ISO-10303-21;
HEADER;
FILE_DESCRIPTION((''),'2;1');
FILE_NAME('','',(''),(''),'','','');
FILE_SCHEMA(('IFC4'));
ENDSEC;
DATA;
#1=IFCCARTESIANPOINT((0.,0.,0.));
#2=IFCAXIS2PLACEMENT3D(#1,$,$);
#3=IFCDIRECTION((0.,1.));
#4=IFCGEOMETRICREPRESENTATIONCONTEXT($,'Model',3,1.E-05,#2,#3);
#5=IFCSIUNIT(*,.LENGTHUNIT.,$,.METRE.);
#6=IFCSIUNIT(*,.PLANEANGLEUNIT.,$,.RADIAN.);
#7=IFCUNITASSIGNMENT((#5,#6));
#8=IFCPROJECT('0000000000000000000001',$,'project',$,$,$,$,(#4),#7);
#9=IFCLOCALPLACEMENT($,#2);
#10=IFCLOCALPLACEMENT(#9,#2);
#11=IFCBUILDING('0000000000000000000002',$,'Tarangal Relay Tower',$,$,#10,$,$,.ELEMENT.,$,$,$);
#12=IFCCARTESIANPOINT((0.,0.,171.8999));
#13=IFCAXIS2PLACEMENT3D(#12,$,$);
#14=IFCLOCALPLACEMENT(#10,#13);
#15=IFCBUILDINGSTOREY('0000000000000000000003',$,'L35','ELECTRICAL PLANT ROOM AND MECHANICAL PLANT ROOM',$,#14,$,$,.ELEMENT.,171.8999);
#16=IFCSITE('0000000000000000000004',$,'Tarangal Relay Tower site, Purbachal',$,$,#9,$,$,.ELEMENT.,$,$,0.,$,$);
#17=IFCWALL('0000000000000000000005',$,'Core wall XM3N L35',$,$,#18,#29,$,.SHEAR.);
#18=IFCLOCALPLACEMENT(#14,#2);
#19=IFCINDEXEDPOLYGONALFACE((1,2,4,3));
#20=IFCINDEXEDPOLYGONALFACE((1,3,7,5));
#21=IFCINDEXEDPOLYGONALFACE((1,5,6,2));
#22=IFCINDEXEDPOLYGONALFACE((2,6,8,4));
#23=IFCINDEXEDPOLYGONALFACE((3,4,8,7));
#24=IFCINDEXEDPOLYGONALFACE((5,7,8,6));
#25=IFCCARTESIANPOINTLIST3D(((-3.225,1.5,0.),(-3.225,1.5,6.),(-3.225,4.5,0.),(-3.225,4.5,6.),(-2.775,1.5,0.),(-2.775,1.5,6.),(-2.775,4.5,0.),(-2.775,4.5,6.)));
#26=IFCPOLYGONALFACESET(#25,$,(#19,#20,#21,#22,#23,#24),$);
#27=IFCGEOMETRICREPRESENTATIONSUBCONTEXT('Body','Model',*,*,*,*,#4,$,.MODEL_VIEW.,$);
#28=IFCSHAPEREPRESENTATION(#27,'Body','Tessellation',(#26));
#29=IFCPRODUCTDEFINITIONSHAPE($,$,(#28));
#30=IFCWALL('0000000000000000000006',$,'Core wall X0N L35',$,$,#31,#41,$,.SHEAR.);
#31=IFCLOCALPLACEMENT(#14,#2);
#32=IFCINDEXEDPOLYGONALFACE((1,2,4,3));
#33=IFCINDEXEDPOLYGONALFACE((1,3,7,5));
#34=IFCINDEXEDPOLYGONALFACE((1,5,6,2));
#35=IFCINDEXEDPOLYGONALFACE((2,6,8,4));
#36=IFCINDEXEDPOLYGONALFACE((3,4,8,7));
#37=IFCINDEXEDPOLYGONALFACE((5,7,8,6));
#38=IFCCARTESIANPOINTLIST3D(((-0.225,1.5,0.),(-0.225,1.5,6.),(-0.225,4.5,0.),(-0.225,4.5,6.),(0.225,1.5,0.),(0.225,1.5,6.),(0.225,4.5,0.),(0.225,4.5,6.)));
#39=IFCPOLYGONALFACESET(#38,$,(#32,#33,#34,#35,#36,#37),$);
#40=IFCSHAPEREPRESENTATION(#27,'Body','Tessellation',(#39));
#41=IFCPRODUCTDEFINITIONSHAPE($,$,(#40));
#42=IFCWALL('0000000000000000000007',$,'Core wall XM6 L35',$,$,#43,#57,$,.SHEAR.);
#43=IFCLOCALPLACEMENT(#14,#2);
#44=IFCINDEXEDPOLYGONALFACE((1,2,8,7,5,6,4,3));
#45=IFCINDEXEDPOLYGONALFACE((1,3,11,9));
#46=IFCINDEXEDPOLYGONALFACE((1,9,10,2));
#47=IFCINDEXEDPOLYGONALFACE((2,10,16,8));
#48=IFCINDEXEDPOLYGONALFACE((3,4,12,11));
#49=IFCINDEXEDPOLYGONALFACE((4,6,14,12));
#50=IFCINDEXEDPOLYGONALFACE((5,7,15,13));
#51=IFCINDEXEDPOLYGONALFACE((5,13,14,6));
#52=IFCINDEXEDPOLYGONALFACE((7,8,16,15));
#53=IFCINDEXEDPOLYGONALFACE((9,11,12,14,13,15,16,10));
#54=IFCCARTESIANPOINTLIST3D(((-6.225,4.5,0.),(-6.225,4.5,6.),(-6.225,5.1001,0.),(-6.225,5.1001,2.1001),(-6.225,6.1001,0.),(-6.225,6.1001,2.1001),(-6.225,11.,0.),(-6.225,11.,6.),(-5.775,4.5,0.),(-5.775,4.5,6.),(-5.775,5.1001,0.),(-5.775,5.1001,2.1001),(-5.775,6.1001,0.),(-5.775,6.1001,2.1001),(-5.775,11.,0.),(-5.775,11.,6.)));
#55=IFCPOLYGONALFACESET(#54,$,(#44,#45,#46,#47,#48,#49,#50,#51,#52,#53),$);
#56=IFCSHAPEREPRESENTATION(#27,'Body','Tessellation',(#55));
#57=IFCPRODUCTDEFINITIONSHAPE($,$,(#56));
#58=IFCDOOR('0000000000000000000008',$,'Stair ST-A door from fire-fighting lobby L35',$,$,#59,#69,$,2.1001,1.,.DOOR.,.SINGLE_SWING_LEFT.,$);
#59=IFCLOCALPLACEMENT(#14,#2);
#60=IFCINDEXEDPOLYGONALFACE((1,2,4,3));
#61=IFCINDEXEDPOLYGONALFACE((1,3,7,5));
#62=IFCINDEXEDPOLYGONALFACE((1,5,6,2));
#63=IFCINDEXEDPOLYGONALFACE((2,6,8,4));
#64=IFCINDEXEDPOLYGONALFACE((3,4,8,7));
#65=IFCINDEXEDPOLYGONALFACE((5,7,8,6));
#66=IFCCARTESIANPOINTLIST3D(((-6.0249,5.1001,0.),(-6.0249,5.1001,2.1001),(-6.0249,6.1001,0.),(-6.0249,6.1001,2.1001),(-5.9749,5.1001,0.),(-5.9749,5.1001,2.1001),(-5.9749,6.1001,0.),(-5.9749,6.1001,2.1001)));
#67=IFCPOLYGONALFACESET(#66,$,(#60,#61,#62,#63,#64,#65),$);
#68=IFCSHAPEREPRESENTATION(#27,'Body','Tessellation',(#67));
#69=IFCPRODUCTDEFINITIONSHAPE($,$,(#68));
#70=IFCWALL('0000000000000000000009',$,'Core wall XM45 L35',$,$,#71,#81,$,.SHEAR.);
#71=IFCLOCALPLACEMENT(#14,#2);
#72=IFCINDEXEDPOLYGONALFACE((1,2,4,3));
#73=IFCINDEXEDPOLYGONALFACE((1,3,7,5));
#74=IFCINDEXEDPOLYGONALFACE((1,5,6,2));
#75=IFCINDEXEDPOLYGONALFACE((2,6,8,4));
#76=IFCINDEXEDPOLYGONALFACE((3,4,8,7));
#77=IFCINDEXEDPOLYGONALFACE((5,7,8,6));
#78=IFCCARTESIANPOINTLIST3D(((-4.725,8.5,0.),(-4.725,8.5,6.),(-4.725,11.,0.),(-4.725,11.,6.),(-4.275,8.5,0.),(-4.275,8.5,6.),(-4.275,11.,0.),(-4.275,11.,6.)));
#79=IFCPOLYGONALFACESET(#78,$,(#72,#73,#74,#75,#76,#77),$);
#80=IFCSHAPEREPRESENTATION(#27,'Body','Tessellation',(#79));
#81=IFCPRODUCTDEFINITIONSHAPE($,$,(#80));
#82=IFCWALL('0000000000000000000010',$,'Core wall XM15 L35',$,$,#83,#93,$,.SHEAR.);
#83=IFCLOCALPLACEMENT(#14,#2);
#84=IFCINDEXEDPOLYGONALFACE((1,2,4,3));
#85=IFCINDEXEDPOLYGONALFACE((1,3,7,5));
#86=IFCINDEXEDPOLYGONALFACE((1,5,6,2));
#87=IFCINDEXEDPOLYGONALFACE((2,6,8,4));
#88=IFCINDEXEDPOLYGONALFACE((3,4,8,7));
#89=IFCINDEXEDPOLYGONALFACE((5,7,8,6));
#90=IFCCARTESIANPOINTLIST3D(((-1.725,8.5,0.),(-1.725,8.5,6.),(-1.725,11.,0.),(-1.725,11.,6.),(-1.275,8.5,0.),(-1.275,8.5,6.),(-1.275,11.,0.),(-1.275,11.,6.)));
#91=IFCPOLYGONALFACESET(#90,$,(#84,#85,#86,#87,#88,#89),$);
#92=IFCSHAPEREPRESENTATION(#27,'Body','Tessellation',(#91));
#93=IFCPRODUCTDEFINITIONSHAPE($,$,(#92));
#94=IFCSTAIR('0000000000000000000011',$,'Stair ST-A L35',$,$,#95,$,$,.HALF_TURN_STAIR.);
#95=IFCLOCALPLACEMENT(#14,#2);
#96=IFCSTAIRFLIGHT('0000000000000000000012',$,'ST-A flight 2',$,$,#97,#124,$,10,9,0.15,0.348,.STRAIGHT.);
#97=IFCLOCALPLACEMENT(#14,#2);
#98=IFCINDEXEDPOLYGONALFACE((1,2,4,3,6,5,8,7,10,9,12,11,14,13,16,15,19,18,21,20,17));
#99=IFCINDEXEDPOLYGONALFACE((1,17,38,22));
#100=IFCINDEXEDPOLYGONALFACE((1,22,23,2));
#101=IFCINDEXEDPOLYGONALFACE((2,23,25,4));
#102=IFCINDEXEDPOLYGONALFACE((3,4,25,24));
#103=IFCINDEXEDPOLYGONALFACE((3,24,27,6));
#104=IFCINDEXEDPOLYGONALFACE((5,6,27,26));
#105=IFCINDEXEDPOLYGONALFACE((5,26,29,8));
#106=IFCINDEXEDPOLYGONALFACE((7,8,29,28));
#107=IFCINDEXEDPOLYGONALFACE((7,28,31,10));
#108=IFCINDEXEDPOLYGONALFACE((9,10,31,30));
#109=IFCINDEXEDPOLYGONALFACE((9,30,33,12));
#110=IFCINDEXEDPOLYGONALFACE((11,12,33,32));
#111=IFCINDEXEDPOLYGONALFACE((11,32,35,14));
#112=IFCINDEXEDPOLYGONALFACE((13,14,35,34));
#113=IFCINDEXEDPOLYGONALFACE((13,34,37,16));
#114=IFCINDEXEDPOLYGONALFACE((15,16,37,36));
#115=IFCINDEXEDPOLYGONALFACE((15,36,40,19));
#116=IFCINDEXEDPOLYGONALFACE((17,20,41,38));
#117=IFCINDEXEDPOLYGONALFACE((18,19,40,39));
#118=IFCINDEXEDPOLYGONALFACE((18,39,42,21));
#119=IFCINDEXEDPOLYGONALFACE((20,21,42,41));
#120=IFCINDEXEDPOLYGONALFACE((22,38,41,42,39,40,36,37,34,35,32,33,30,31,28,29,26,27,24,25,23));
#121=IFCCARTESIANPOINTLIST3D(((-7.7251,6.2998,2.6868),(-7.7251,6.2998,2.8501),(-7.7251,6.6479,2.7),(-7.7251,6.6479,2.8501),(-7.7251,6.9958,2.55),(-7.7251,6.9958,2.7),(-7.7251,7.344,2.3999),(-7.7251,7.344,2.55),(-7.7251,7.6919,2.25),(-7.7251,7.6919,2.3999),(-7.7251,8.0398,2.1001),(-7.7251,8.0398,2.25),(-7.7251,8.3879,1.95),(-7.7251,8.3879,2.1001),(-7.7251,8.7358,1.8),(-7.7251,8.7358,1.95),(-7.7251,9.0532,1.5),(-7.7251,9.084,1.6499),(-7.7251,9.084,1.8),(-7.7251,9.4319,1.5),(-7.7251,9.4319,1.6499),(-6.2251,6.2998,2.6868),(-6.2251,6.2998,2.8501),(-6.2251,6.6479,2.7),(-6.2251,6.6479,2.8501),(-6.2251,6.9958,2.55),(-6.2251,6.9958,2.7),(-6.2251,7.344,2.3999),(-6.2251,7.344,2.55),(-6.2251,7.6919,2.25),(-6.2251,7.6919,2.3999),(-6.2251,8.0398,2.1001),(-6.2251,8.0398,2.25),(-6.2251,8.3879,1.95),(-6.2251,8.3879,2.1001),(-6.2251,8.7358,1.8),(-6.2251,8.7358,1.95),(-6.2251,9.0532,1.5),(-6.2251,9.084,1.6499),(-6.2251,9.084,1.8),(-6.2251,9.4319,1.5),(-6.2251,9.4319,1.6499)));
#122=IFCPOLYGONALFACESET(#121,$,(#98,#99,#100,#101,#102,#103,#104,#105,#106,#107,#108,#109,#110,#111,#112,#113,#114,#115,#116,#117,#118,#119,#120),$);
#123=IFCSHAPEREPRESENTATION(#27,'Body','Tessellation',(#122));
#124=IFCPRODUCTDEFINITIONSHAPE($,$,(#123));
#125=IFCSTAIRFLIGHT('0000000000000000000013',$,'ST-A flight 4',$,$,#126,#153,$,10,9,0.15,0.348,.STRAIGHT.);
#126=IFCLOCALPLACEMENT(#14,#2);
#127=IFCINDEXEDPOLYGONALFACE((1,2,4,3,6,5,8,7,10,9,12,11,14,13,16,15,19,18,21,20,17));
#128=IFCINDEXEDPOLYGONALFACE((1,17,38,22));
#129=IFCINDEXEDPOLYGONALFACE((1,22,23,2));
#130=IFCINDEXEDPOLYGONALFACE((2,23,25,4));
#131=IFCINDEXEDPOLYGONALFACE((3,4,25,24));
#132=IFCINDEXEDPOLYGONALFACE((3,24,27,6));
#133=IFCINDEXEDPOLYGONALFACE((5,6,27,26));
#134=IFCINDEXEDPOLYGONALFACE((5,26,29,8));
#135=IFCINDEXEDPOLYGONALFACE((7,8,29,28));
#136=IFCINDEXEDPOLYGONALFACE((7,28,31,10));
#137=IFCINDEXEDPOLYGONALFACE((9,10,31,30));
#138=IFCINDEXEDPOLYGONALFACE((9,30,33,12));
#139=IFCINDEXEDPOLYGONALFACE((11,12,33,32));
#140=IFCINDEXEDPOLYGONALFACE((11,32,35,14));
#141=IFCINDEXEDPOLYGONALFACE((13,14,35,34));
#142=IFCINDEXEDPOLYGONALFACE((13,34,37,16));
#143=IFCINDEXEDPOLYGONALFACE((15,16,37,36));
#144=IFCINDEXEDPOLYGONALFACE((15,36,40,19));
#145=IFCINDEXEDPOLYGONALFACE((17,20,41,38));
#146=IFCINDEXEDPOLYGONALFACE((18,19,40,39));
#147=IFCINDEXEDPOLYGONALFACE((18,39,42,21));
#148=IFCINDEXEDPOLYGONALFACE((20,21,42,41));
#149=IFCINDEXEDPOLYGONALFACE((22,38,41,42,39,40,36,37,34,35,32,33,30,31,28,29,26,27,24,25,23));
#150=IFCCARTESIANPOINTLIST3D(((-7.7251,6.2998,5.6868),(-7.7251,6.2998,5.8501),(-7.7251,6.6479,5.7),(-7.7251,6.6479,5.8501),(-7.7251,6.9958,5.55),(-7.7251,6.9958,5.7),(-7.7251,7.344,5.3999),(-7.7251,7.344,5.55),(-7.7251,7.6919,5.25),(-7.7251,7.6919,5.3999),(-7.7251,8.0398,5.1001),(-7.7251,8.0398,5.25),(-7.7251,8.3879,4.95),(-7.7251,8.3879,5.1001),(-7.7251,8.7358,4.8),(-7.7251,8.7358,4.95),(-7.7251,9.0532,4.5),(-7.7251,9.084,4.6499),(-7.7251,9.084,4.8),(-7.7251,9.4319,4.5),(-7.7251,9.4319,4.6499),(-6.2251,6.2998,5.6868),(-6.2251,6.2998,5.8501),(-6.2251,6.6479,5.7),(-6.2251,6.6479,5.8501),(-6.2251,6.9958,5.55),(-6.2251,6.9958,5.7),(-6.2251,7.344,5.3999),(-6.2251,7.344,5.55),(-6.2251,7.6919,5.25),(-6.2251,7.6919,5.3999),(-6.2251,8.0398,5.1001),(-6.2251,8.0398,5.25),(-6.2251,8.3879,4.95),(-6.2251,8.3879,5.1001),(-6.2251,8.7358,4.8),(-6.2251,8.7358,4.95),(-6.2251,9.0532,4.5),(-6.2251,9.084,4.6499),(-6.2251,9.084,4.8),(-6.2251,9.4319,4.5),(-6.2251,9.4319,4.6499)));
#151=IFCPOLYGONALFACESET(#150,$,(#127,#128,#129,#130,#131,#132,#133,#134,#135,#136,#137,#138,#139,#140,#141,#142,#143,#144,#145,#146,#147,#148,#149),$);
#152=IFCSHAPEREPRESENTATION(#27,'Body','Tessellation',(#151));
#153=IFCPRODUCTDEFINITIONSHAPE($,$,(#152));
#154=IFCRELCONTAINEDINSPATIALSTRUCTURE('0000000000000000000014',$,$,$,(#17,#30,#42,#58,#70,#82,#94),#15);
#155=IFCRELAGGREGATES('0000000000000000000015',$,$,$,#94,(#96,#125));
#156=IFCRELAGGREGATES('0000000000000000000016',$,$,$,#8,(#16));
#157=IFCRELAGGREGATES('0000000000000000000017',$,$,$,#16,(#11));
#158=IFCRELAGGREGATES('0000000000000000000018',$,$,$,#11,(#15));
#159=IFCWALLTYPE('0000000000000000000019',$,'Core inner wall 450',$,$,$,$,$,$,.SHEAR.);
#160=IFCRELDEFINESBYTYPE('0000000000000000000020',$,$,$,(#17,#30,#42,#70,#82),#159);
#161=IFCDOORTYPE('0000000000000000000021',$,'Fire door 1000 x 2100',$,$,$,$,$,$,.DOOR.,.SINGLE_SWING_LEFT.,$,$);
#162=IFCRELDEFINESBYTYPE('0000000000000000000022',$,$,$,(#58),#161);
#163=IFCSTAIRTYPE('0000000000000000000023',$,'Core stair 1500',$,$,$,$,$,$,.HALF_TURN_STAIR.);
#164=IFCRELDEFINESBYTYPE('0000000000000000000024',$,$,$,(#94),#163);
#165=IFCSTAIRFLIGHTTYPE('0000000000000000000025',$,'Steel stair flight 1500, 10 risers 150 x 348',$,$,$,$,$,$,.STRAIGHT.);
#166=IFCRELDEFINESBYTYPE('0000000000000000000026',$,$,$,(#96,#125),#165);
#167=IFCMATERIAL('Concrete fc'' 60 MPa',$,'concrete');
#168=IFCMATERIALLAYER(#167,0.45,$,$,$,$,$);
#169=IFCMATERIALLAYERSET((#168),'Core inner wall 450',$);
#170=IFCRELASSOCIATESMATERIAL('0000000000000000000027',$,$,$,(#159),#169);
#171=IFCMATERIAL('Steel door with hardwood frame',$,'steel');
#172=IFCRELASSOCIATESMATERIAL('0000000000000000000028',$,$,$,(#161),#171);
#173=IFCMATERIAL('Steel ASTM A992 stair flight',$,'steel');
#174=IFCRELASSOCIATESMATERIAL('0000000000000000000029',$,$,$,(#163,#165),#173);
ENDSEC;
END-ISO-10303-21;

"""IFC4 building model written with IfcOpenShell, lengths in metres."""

from ifc_helpers import new_model, si_unit, direction, frame, frame_2d, origin, place, context, subcontext, project, spatial, polyline, rectangle, outline, extrude, material, layer, layer_set, type_object, element, fill, aggregate, save


model = new_model("IFC4")

# Units and contexts
model_context = context("Model", 3, precision=1e-05, world=origin(), true_north=direction((0.0, 1.0)))
body_context = subcontext(model_context, "Body", "Model", "MODEL_VIEW")
ifc_project = project(units=[si_unit("LENGTHUNIT", "METRE"), si_unit("PLANEANGLEUNIT", "RADIAN")], contexts=[model_context])

# Site, building, storey
site_placement = place(None, origin())
site = spatial("IfcSite", under=ifc_project, at=site_placement, Name="Tarangal Relay Tower site, Purbachal", CompositionType="ELEMENT", RefElevation=0.0)
building_placement = place(site_placement, origin())
building = spatial("IfcBuilding", under=site, at=building_placement, Name="Tarangal Relay Tower", CompositionType="ELEMENT")
storey_placement = place(building_placement, frame((0.0, 0.0, 171.8999)))
storey = spatial("IfcBuildingStorey", under=building, at=storey_placement, Name="L35", Description="ELECTRICAL PLANT ROOM AND MECHANICAL PLANT ROOM", CompositionType="ELEMENT", Elevation=171.8999)

# Shared definitions
ifc_material_1 = material(Name="Concrete fc' 60 MPa", Category="concrete")
ifc_layer_1 = layer(ifc_material_1, 0.45)
ifc_layer_set_1 = layer_set([ifc_layer_1], Name="Core inner wall 450")
wall_type = type_object("IfcWallType", Name="Core inner wall 450", PredefinedType="SHEAR", material=ifc_layer_set_1)

# Shared definitions
ifc_material_2 = material(Name="Steel door with hardwood frame", Category="steel")

# Walls
for number, where, z_axis, x_axis, name in (
    (1, (-3.0, 1.5, 0.0), (0.0, 0.0, 1.0), (0.0, 1.0, 0.0), "Core wall XM3N L35"),
    (2, (0.0, 1.5, 0.0), (0.0, 0.0, 1.0), (0.0, 1.0, 0.0), "Core wall X0N L35"),
):
    element("IfcWall", number, at=place(storey_placement, frame(where, z_axis=z_axis, x_axis=x_axis)), inside=storey, type_object=wall_type, Name=name, PredefinedType="SHEAR", context=body_context, shape_type="SweptSolid", body=[
        extrude(rectangle(XDim=3.0, YDim=0.45, at=frame_2d((1.5, 0.0))), origin(), (0.0, 0.0, 1.0), 6.0),
    ])

# Wall, opening, door
wall_1_placement = place(storey_placement, frame((-6.0, 4.5, 0.0), z_axis=(0.0, 0.0, 1.0), x_axis=(0.0, 1.0, 0.0)))
wall_1 = element("IfcWall", 3, at=wall_1_placement, inside=storey, type_object=wall_type, Name="Core wall XM6 L35", PredefinedType="SHEAR", context=body_context, shape_type="SweptSolid", body=[
    extrude(rectangle(XDim=6.5, YDim=0.45, at=frame_2d((3.25, 0.0))), origin(), (0.0, 0.0, 1.0), 6.0),
])
opening_1_placement = place(wall_1_placement, frame((0.6001, 0.0, 0.0)))
opening_1 = element("IfcOpeningElement", 4, at=opening_1_placement, cuts=wall_1, PredefinedType="OPENING", context=body_context, shape_type="SweptSolid", body=[
    extrude(rectangle(XDim=1.0, YDim=2.1001, at=frame_2d((0.5, 1.05))), frame((0.0, 0.2349, 0.0), z_axis=(0.0, -1.0, 0.0), x_axis=(1.0, 0.0, 0.0)), (0.0, 0.0, 1.0), 0.47),
])
door_type_1 = type_object("IfcDoorType", Name="Fire door 1000 x 2100", OperationType="SINGLE_SWING_LEFT", PredefinedType="DOOR", material=ifc_material_2)
door_1_placement = place(opening_1_placement, origin())
door_1 = element("IfcDoor", 5, at=door_1_placement, inside=storey, type_object=door_type_1, Name="Stair ST-A door from fire-fighting lobby L35", OperationType="SINGLE_SWING_LEFT", OverallHeight=2.1001, OverallWidth=1.0, PredefinedType="DOOR", context=body_context, shape_type="SweptSolid", body=[
    extrude(rectangle(XDim=1.0, YDim=2.1001, at=frame_2d((0.5, 1.05))), frame((0.0, 0.0249, 0.0), z_axis=(0.0, -1.0, 0.0), x_axis=(1.0, 0.0, 0.0)), (0.0, 0.0, 1.0), 0.05),
])
fill(opening_1, door_1)

# Walls
for number, where, z_axis, x_axis, name in (
    (6, (-4.5, 8.5, 0.0), (0.0, 0.0, 1.0), (0.0, 1.0, 0.0), "Core wall XM45 L35"),
    (7, (-1.5, 8.5, 0.0), (0.0, 0.0, 1.0), (0.0, 1.0, 0.0), "Core wall XM15 L35"),
):
    element("IfcWall", number, at=place(storey_placement, frame(where, z_axis=z_axis, x_axis=x_axis)), inside=storey, type_object=wall_type, Name=name, PredefinedType="SHEAR", context=body_context, shape_type="SweptSolid", body=[
        extrude(rectangle(XDim=2.5, YDim=0.45, at=frame_2d((1.25, 0.0))), origin(), (0.0, 0.0, 1.0), 6.0),
    ])

# Stair, stair flights
ifc_material_3 = material(Name="Steel ASTM A992 stair flight", Category="steel")
stair_type = type_object("IfcStairType", Name="Core stair 1500", PredefinedType="HALF_TURN_STAIR", material=ifc_material_3)
stair_placement = place(storey_placement, origin())
stair = element("IfcStair", 8, at=stair_placement, inside=storey, type_object=stair_type, Name="Stair ST-A L35", PredefinedType="HALF_TURN_STAIR")
stair_flight_type = type_object("IfcStairFlightType", Name="Steel stair flight 1500, 10 risers 150 x 348", PredefinedType="STRAIGHT", material=ifc_material_3)
stair_flight_1_placement = place(storey_placement, frame((-6.9751, 9.4319, 1.5), z_axis=(0.0, 0.0, 1.0), x_axis=(0.0, -1.0, 0.0)))
stair_flight_1 = element("IfcStairFlight", 9, at=stair_flight_1_placement, type_object=stair_flight_type, Name="ST-A flight 2", NumberOfRisers=10, NumberOfTreads=9, PredefinedType="STRAIGHT", RiserHeight=0.15, TreadLength=0.348, context=body_context, shape_type="SweptSolid", body=[
    extrude(outline(polyline([(0.0, 0.0), (0.0, 0.1499), (0.3479, 0.1499), (0.3479, 0.3), (0.696, 0.3), (0.696, 0.45), (1.0439, 0.45), (1.0439, 0.6001), (1.3921, 0.6001), (1.3921, 0.75), (1.74, 0.75), (1.74, 0.8999), (2.0879, 0.8999), (2.0879, 1.05), (2.436, 1.05), (2.436, 1.2), (2.7839, 1.2), (2.7839, 1.3501), (3.1321, 1.3501), (3.1321, 1.5), (3.1321, 1.1868), (0.3787, 0.0), (0.0, 0.0)])), frame((0.0, 0.75, 0.0), z_axis=(0.0, -1.0, 0.0), x_axis=(1.0, 0.0, 0.0)), (0.0, 0.0, 1.0), 1.5),
])
stair_flight_2_placement = place(storey_placement, frame((-6.9751, 9.4319, 4.5), z_axis=(0.0, 0.0, 1.0), x_axis=(0.0, -1.0, 0.0)))
stair_flight_2 = element("IfcStairFlight", 10, at=stair_flight_2_placement, type_object=stair_flight_type, Name="ST-A flight 4", NumberOfRisers=10, NumberOfTreads=9, PredefinedType="STRAIGHT", RiserHeight=0.15, TreadLength=0.348, context=body_context, shape_type="SweptSolid", body=[
    extrude(outline(polyline([(0.0, 0.0), (0.0, 0.1499), (0.3479, 0.1499), (0.3479, 0.3), (0.696, 0.3), (0.696, 0.45), (1.0439, 0.45), (1.0439, 0.6001), (1.3921, 0.6001), (1.3921, 0.75), (1.74, 0.75), (1.74, 0.8999), (2.0879, 0.8999), (2.0879, 1.05), (2.436, 1.05), (2.436, 1.2), (2.7839, 1.2), (2.7839, 1.3501), (3.1321, 1.3501), (3.1321, 1.5), (3.1321, 1.1868), (0.3787, 0.0), (0.0, 0.0)])), frame((0.0, 0.75, 0.0), z_axis=(0.0, -1.0, 0.0), x_axis=(1.0, 0.0, 0.0)), (0.0, 0.0, 1.0), 1.5),
])
aggregate(stair, [stair_flight_1, stair_flight_2])

save(model, "model.ifc")
